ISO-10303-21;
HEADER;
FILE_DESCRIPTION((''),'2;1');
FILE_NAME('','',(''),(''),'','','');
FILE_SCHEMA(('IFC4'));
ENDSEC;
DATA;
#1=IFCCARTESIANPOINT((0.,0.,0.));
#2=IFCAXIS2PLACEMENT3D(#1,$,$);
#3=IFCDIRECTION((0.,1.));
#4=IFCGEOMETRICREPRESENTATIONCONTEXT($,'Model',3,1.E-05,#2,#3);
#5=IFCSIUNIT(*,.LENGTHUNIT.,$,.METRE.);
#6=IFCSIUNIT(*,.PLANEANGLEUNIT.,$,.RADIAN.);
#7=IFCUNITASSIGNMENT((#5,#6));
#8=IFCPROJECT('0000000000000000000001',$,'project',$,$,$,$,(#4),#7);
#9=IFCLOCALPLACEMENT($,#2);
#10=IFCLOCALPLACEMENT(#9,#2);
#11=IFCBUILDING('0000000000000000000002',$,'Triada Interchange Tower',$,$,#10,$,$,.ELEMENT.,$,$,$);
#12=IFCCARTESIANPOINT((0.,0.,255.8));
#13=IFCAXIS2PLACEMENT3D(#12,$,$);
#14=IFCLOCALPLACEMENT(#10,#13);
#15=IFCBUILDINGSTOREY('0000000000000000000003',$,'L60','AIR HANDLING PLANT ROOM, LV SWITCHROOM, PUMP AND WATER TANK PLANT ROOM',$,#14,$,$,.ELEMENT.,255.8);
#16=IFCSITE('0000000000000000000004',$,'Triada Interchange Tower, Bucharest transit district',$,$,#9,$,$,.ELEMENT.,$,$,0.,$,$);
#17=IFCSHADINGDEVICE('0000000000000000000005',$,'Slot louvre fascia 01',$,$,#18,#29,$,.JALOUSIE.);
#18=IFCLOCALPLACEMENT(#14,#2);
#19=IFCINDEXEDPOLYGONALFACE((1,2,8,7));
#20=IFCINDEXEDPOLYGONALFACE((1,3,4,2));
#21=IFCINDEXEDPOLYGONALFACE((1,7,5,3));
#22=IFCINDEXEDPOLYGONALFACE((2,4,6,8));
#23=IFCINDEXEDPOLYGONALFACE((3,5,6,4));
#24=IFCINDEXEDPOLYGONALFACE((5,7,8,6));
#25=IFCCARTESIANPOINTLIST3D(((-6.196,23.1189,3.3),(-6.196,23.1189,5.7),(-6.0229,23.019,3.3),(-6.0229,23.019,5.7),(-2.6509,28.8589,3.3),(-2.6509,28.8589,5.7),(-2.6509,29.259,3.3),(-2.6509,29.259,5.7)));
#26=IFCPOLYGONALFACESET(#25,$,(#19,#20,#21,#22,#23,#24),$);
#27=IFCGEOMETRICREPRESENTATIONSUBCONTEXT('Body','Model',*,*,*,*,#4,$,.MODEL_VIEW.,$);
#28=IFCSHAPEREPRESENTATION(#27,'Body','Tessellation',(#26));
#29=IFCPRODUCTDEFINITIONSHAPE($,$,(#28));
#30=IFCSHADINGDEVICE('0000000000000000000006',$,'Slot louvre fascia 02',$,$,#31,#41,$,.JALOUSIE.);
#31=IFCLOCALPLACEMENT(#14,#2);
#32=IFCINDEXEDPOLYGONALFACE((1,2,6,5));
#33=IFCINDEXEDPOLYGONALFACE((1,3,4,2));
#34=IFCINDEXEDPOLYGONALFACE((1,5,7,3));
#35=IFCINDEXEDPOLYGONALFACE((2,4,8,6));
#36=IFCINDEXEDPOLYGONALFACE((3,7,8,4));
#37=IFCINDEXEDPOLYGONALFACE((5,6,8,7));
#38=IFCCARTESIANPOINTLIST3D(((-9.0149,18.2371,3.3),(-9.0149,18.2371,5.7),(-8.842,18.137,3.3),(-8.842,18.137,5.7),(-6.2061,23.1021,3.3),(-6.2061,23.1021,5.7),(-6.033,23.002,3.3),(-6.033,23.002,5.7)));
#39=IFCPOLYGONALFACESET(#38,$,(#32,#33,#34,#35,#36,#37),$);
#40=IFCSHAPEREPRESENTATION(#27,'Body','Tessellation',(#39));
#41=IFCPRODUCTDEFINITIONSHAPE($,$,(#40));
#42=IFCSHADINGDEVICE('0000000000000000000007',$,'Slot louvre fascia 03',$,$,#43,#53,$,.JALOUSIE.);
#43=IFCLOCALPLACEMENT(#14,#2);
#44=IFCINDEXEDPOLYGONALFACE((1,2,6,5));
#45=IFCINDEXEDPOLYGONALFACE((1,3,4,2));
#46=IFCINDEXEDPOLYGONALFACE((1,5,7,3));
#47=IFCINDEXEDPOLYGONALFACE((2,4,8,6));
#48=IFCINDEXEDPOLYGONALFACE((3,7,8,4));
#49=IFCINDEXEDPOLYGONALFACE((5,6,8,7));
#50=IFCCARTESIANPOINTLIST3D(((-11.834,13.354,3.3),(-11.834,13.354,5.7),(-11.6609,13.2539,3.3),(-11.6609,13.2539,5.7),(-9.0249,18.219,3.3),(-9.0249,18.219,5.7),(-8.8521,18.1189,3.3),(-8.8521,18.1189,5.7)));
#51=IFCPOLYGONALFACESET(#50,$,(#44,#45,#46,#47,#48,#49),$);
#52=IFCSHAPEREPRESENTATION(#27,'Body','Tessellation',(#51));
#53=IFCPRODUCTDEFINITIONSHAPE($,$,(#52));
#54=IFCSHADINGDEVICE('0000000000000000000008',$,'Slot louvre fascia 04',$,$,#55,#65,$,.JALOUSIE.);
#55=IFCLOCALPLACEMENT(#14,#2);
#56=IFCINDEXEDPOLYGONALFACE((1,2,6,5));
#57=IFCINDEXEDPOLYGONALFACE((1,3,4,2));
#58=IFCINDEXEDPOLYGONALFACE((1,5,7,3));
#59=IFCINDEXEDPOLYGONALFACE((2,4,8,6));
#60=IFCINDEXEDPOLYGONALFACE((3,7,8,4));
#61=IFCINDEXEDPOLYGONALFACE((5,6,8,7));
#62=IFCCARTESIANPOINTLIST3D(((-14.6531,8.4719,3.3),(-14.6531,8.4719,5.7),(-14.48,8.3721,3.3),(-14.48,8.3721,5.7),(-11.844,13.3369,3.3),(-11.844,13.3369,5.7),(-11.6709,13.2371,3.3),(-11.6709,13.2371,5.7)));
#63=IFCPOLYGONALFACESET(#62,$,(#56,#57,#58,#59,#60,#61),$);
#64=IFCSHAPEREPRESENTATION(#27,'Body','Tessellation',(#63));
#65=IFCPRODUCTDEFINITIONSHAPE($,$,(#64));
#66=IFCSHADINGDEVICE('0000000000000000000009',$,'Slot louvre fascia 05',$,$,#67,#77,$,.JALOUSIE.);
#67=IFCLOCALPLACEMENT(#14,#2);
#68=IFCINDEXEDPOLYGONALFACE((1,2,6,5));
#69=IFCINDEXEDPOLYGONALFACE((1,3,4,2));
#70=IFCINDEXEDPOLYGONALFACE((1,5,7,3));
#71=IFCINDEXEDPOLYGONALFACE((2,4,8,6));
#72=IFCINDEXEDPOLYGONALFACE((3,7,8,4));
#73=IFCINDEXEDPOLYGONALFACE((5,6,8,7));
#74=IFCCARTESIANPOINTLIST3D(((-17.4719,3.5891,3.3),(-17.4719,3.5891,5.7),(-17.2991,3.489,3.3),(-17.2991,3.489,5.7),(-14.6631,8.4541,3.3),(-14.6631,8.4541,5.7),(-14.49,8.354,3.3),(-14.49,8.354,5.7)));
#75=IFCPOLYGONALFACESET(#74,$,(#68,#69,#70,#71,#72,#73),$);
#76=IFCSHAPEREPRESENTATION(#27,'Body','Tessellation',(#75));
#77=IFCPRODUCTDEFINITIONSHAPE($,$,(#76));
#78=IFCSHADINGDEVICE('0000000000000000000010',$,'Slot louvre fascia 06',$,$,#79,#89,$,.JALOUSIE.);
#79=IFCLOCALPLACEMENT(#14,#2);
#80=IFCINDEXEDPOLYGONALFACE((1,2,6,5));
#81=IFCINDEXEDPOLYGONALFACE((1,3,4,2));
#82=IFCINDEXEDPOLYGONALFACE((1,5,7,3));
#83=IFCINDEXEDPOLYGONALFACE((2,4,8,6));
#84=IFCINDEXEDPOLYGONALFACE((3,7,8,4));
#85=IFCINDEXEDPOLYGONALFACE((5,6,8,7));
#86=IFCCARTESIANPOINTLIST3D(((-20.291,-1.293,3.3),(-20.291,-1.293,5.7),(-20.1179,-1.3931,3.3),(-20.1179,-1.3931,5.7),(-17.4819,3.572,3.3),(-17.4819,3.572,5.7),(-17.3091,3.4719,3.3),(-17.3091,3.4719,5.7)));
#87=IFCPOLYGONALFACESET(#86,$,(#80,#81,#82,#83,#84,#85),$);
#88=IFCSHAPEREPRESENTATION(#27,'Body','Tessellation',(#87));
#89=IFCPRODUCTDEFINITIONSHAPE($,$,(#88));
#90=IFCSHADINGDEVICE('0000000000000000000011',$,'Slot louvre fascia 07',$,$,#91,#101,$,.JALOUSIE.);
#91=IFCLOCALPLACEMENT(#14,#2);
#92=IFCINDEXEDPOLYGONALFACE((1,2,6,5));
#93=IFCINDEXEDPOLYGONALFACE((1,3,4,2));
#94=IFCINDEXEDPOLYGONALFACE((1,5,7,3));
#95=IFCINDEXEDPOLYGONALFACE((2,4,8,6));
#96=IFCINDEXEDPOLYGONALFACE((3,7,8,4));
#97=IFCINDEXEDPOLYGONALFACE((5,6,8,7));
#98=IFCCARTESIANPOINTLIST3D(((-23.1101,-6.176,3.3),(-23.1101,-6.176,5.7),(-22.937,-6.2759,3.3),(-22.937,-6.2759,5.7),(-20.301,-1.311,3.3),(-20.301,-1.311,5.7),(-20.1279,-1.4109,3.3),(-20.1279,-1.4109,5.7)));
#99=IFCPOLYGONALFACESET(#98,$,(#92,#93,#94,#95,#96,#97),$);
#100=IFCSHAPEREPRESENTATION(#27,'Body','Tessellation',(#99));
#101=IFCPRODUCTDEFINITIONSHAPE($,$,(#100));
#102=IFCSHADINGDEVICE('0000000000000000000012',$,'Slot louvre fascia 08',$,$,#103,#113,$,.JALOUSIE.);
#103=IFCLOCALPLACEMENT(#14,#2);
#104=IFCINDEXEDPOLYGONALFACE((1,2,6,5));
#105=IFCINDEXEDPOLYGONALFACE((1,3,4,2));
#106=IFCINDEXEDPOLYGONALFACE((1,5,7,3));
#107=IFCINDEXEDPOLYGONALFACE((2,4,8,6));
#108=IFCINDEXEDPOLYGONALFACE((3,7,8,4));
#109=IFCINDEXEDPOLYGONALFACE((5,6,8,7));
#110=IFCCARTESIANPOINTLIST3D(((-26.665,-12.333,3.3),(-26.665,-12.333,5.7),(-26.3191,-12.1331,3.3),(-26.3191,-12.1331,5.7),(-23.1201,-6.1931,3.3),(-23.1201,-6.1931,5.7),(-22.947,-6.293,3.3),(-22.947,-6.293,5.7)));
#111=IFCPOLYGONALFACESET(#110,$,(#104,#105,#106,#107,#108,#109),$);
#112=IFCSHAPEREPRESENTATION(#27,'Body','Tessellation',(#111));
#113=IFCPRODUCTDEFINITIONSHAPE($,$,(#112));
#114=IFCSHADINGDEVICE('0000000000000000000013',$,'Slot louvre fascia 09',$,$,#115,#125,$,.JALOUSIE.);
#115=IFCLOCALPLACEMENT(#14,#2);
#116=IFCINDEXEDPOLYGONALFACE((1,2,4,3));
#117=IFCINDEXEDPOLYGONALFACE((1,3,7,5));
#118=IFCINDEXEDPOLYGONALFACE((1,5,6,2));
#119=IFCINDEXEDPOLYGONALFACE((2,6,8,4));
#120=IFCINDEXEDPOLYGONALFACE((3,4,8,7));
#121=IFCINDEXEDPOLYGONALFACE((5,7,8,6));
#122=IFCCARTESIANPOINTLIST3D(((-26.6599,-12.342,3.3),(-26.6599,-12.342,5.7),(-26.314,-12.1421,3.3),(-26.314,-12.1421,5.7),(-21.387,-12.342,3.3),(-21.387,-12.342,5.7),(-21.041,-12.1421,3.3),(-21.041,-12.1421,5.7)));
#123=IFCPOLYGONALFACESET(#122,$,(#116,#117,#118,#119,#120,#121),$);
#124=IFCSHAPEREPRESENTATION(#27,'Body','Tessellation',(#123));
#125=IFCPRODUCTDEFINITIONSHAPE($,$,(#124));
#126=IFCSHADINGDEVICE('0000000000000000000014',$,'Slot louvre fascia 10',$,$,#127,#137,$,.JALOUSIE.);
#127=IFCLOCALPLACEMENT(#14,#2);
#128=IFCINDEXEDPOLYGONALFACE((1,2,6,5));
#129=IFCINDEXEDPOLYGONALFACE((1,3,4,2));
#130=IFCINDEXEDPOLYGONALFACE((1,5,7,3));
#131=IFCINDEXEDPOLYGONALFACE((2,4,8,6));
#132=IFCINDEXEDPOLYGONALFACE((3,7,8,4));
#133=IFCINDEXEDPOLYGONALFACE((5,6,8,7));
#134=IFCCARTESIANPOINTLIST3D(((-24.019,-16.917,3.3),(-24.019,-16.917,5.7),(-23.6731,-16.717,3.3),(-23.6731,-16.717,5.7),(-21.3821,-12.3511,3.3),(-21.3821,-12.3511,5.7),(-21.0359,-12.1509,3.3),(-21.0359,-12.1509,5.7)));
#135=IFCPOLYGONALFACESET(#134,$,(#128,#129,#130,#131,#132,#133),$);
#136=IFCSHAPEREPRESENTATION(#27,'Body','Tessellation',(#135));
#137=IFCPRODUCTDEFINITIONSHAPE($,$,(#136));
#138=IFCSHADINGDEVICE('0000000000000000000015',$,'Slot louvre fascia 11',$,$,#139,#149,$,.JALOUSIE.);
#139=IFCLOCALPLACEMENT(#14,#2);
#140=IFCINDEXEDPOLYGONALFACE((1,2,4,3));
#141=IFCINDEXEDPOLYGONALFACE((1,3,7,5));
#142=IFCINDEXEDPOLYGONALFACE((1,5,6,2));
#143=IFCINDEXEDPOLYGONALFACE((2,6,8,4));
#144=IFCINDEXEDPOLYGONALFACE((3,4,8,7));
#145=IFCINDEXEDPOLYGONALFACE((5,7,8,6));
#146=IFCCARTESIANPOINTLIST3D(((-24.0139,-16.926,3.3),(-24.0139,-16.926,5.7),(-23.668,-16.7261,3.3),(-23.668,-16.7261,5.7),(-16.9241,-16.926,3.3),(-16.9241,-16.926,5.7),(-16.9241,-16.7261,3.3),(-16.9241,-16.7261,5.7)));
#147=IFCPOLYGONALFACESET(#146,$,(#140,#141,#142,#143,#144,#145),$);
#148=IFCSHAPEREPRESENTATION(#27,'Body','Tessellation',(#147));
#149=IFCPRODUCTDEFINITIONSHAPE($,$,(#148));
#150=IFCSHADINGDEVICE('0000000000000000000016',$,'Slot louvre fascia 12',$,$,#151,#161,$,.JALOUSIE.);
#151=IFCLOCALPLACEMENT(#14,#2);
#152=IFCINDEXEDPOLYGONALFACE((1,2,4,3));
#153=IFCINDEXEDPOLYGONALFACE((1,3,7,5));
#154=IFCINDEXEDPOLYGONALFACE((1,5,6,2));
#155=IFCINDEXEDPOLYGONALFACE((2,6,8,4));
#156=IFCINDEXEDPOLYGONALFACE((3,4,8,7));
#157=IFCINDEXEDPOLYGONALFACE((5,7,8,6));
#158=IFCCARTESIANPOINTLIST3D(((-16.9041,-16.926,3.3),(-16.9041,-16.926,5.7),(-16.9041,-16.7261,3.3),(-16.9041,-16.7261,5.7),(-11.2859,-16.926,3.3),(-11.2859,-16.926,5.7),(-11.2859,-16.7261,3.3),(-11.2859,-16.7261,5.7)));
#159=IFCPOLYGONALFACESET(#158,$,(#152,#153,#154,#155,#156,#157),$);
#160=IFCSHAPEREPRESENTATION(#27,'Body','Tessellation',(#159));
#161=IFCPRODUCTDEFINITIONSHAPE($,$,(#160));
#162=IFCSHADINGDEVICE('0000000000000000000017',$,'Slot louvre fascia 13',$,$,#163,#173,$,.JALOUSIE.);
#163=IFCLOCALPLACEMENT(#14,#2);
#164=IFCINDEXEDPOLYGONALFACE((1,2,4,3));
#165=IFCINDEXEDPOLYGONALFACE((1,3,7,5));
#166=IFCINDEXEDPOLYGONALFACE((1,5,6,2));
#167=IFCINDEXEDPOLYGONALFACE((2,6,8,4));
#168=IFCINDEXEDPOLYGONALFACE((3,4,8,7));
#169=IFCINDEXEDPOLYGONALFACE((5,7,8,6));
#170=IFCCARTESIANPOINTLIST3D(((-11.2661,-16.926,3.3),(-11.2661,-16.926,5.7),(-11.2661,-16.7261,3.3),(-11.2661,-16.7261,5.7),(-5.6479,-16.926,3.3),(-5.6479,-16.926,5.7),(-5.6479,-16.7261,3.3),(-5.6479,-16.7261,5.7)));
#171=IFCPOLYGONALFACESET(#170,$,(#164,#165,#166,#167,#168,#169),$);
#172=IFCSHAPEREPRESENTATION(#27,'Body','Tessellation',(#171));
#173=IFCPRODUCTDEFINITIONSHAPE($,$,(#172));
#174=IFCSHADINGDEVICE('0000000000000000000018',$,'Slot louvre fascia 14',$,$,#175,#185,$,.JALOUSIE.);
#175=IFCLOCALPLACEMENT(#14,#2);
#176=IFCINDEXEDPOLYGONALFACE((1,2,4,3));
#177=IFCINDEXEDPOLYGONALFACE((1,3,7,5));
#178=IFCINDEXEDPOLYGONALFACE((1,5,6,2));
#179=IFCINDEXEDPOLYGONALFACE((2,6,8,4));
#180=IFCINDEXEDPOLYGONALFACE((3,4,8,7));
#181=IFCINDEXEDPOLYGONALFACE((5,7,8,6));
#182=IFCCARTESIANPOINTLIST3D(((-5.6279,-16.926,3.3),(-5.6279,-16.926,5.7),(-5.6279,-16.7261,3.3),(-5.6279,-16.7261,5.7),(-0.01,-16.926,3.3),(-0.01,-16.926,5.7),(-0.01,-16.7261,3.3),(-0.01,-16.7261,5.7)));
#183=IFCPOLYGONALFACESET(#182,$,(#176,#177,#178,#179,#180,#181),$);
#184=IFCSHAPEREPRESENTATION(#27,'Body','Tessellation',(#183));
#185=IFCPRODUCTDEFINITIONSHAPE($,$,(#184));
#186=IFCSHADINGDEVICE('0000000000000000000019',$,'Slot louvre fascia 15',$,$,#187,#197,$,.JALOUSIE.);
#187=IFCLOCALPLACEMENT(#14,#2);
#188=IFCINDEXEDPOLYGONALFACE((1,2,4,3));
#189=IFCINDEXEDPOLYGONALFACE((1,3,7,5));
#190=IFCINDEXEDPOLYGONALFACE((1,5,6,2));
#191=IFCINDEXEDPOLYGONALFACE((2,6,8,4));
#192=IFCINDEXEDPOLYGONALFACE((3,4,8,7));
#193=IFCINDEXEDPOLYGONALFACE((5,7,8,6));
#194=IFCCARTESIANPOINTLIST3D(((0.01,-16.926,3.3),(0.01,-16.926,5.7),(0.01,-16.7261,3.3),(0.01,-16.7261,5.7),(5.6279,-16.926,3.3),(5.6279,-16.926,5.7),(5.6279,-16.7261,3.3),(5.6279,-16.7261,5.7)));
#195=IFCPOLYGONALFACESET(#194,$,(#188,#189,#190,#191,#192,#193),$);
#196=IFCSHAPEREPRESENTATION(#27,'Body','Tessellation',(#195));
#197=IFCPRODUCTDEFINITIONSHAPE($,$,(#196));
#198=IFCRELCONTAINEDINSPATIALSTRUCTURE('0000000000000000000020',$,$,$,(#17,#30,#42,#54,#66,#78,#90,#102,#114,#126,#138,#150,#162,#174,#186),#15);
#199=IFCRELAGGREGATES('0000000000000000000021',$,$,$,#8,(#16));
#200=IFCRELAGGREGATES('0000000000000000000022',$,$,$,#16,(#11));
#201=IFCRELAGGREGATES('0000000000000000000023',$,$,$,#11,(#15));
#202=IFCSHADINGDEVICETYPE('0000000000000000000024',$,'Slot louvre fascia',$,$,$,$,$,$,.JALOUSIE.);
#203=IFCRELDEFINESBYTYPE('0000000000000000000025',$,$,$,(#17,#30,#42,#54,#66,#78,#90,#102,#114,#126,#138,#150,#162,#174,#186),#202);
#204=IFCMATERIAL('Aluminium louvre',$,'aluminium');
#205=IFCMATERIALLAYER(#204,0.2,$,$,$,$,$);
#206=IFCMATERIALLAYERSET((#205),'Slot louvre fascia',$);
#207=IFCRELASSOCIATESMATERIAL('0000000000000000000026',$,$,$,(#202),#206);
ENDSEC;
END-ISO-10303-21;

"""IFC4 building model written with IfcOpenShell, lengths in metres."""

from ifc_helpers import new_model, si_unit, direction, frame, origin, place, context, subcontext, project, spatial, polyline, outline, extrude, material, layer, layer_set, type_object, element, save


model = new_model("IFC4")

# Units and contexts
model_context = context("Model", 3, precision=1e-05, world=origin(), true_north=direction((0.0, 1.0)))
body_context = subcontext(model_context, "Body", "Model", "MODEL_VIEW")
ifc_project = project(units=[si_unit("LENGTHUNIT", "METRE"), si_unit("PLANEANGLEUNIT", "RADIAN")], contexts=[model_context])

# Site, building, storey
site_placement = place(None, origin())
site = spatial("IfcSite", under=ifc_project, at=site_placement, Name="Triada Interchange Tower, Bucharest transit district", CompositionType="ELEMENT", RefElevation=0.0)
building_placement = place(site_placement, origin())
building = spatial("IfcBuilding", under=site, at=building_placement, Name="Triada Interchange Tower", CompositionType="ELEMENT")
storey_placement = place(building_placement, frame((0.0, 0.0, 255.8)))
storey = spatial("IfcBuildingStorey", under=building, at=storey_placement, Name="L60", Description="AIR HANDLING PLANT ROOM, LV SWITCHROOM, PUMP AND WATER TANK PLANT ROOM", CompositionType="ELEMENT", Elevation=255.8)

# Shading devices
ifc_material = material(Name="Aluminium louvre", Category="aluminium")
ifc_layer = layer(ifc_material, 0.2)
ifc_layer_set = layer_set([ifc_layer], Name="Slot louvre fascia")
shading_device_type = type_object("IfcShadingDeviceType", Name="Slot louvre fascia", PredefinedType="JALOUSIE", material=ifc_layer_set)
shading_device_1_placement = place(storey_placement, frame((0.0, 0.0, 3.3)))
element("IfcShadingDevice", 1, at=shading_device_1_placement, inside=storey, type_object=shading_device_type, Name="Slot louvre fascia 01", PredefinedType="JALOUSIE", context=body_context, shape_type="SweptSolid", body=[
    extrude(outline(polyline([(-2.6509, 29.259), (-2.6509, 28.8589), (-6.0229, 23.019), (-6.196, 23.1189), (-2.6509, 29.259)])), origin(), (0.0, 0.0, 1.0), 2.3999),
])
shading_device_2_placement = place(storey_placement, frame((0.0, 0.0, 3.3)))
element("IfcShadingDevice", 2, at=shading_device_2_placement, inside=storey, type_object=shading_device_type, Name="Slot louvre fascia 02", PredefinedType="JALOUSIE", context=body_context, shape_type="SweptSolid", body=[
    extrude(outline(polyline([(-6.2061, 23.1021), (-6.033, 23.002), (-8.842, 18.137), (-9.0149, 18.2371), (-6.2061, 23.1021)])), origin(), (0.0, 0.0, 1.0), 2.3999),
])
shading_device_3_placement = place(storey_placement, frame((0.0, 0.0, 3.3)))
element("IfcShadingDevice", 3, at=shading_device_3_placement, inside=storey, type_object=shading_device_type, Name="Slot louvre fascia 03", PredefinedType="JALOUSIE", context=body_context, shape_type="SweptSolid", body=[
    extrude(outline(polyline([(-9.0249, 18.219), (-8.8521, 18.1189), (-11.6609, 13.2539), (-11.834, 13.354), (-9.0249, 18.219)])), origin(), (0.0, 0.0, 1.0), 2.3999),
])
shading_device_4_placement = place(storey_placement, frame((0.0, 0.0, 3.3)))
element("IfcShadingDevice", 4, at=shading_device_4_placement, inside=storey, type_object=shading_device_type, Name="Slot louvre fascia 04", PredefinedType="JALOUSIE", context=body_context, shape_type="SweptSolid", body=[
    extrude(outline(polyline([(-11.844, 13.3369), (-11.6709, 13.2371), (-14.48, 8.3721), (-14.6531, 8.4719), (-11.844, 13.3369)])), origin(), (0.0, 0.0, 1.0), 2.3999),
])
shading_device_5_placement = place(storey_placement, frame((0.0, 0.0, 3.3)))
element("IfcShadingDevice", 5, at=shading_device_5_placement, inside=storey, type_object=shading_device_type, Name="Slot louvre fascia 05", PredefinedType="JALOUSIE", context=body_context, shape_type="SweptSolid", body=[
    extrude(outline(polyline([(-14.6631, 8.4541), (-14.49, 8.354), (-17.2991, 3.489), (-17.4719, 3.5891), (-14.6631, 8.4541)])), origin(), (0.0, 0.0, 1.0), 2.3999),
])
shading_device_6_placement = place(storey_placement, frame((0.0, 0.0, 3.3)))
element("IfcShadingDevice", 6, at=shading_device_6_placement, inside=storey, type_object=shading_device_type, Name="Slot louvre fascia 06", PredefinedType="JALOUSIE", context=body_context, shape_type="SweptSolid", body=[
    extrude(outline(polyline([(-17.4819, 3.572), (-17.3091, 3.4719), (-20.1179, -1.3931), (-20.291, -1.293), (-17.4819, 3.572)])), origin(), (0.0, 0.0, 1.0), 2.3999),
])
shading_device_7_placement = place(storey_placement, frame((0.0, 0.0, 3.3)))
element("IfcShadingDevice", 7, at=shading_device_7_placement, inside=storey, type_object=shading_device_type, Name="Slot louvre fascia 07", PredefinedType="JALOUSIE", context=body_context, shape_type="SweptSolid", body=[
    extrude(outline(polyline([(-20.301, -1.311), (-20.1279, -1.4109), (-22.937, -6.2759), (-23.1101, -6.176), (-20.301, -1.311)])), origin(), (0.0, 0.0, 1.0), 2.3999),
])
shading_device_8_placement = place(storey_placement, frame((0.0, 0.0, 3.3)))
element("IfcShadingDevice", 8, at=shading_device_8_placement, inside=storey, type_object=shading_device_type, Name="Slot louvre fascia 08", PredefinedType="JALOUSIE", context=body_context, shape_type="SweptSolid", body=[
    extrude(outline(polyline([(-23.1201, -6.1931), (-22.947, -6.293), (-26.3191, -12.1331), (-26.665, -12.333), (-23.1201, -6.1931)])), origin(), (0.0, 0.0, 1.0), 2.3999),
])
shading_device_9_placement = place(storey_placement, frame((0.0, 0.0, 3.3)))
element("IfcShadingDevice", 9, at=shading_device_9_placement, inside=storey, type_object=shading_device_type, Name="Slot louvre fascia 09", PredefinedType="JALOUSIE", context=body_context, shape_type="SweptSolid", body=[
    extrude(outline(polyline([(-26.6599, -12.342), (-26.314, -12.1421), (-21.041, -12.1421), (-21.387, -12.342), (-26.6599, -12.342)])), origin(), (0.0, 0.0, 1.0), 2.3999),
])
shading_device_10_placement = place(storey_placement, frame((0.0, 0.0, 3.3)))
element("IfcShadingDevice", 10, at=shading_device_10_placement, inside=storey, type_object=shading_device_type, Name="Slot louvre fascia 10", PredefinedType="JALOUSIE", context=body_context, shape_type="SweptSolid", body=[
    extrude(outline(polyline([(-21.3821, -12.3511), (-21.0359, -12.1509), (-23.6731, -16.717), (-24.019, -16.917), (-21.3821, -12.3511)])), origin(), (0.0, 0.0, 1.0), 2.3999),
])
shading_device_11_placement = place(storey_placement, frame((0.0, 0.0, 3.3)))
element("IfcShadingDevice", 11, at=shading_device_11_placement, inside=storey, type_object=shading_device_type, Name="Slot louvre fascia 11", PredefinedType="JALOUSIE", context=body_context, shape_type="SweptSolid", body=[
    extrude(outline(polyline([(-24.0139, -16.926), (-23.668, -16.7261), (-16.9241, -16.7261), (-16.9241, -16.926), (-24.0139, -16.926)])), origin(), (0.0, 0.0, 1.0), 2.3999),
])
shading_device_12_placement = place(storey_placement, frame((0.0, 0.0, 3.3)))
element("IfcShadingDevice", 12, at=shading_device_12_placement, inside=storey, type_object=shading_device_type, Name="Slot louvre fascia 12", PredefinedType="JALOUSIE", context=body_context, shape_type="SweptSolid", body=[
    extrude(outline(polyline([(-16.9041, -16.926), (-16.9041, -16.7261), (-11.2859, -16.7261), (-11.2859, -16.926), (-16.9041, -16.926)])), origin(), (0.0, 0.0, 1.0), 2.3999),
])
shading_device_13_placement = place(storey_placement, frame((0.0, 0.0, 3.3)))
element("IfcShadingDevice", 13, at=shading_device_13_placement, inside=storey, type_object=shading_device_type, Name="Slot louvre fascia 13", PredefinedType="JALOUSIE", context=body_context, shape_type="SweptSolid", body=[
    extrude(outline(polyline([(-11.2661, -16.926), (-11.2661, -16.7261), (-5.6479, -16.7261), (-5.6479, -16.926), (-11.2661, -16.926)])), origin(), (0.0, 0.0, 1.0), 2.3999),
])
shading_device_14_placement = place(storey_placement, frame((0.0, 0.0, 3.3)))
element("IfcShadingDevice", 14, at=shading_device_14_placement, inside=storey, type_object=shading_device_type, Name="Slot louvre fascia 14", PredefinedType="JALOUSIE", context=body_context, shape_type="SweptSolid", body=[
    extrude(outline(polyline([(-5.6279, -16.926), (-5.6279, -16.7261), (-0.01, -16.7261), (-0.01, -16.926), (-5.6279, -16.926)])), origin(), (0.0, 0.0, 1.0), 2.3999),
])
shading_device_15_placement = place(storey_placement, frame((0.0, 0.0, 3.3)))
element("IfcShadingDevice", 15, at=shading_device_15_placement, inside=storey, type_object=shading_device_type, Name="Slot louvre fascia 15", PredefinedType="JALOUSIE", context=body_context, shape_type="SweptSolid", body=[
    extrude(outline(polyline([(0.01, -16.926), (0.01, -16.7261), (5.6279, -16.7261), (5.6279, -16.926), (0.01, -16.926)])), origin(), (0.0, 0.0, 1.0), 2.3999),
])

save(model, "model.ifc")
